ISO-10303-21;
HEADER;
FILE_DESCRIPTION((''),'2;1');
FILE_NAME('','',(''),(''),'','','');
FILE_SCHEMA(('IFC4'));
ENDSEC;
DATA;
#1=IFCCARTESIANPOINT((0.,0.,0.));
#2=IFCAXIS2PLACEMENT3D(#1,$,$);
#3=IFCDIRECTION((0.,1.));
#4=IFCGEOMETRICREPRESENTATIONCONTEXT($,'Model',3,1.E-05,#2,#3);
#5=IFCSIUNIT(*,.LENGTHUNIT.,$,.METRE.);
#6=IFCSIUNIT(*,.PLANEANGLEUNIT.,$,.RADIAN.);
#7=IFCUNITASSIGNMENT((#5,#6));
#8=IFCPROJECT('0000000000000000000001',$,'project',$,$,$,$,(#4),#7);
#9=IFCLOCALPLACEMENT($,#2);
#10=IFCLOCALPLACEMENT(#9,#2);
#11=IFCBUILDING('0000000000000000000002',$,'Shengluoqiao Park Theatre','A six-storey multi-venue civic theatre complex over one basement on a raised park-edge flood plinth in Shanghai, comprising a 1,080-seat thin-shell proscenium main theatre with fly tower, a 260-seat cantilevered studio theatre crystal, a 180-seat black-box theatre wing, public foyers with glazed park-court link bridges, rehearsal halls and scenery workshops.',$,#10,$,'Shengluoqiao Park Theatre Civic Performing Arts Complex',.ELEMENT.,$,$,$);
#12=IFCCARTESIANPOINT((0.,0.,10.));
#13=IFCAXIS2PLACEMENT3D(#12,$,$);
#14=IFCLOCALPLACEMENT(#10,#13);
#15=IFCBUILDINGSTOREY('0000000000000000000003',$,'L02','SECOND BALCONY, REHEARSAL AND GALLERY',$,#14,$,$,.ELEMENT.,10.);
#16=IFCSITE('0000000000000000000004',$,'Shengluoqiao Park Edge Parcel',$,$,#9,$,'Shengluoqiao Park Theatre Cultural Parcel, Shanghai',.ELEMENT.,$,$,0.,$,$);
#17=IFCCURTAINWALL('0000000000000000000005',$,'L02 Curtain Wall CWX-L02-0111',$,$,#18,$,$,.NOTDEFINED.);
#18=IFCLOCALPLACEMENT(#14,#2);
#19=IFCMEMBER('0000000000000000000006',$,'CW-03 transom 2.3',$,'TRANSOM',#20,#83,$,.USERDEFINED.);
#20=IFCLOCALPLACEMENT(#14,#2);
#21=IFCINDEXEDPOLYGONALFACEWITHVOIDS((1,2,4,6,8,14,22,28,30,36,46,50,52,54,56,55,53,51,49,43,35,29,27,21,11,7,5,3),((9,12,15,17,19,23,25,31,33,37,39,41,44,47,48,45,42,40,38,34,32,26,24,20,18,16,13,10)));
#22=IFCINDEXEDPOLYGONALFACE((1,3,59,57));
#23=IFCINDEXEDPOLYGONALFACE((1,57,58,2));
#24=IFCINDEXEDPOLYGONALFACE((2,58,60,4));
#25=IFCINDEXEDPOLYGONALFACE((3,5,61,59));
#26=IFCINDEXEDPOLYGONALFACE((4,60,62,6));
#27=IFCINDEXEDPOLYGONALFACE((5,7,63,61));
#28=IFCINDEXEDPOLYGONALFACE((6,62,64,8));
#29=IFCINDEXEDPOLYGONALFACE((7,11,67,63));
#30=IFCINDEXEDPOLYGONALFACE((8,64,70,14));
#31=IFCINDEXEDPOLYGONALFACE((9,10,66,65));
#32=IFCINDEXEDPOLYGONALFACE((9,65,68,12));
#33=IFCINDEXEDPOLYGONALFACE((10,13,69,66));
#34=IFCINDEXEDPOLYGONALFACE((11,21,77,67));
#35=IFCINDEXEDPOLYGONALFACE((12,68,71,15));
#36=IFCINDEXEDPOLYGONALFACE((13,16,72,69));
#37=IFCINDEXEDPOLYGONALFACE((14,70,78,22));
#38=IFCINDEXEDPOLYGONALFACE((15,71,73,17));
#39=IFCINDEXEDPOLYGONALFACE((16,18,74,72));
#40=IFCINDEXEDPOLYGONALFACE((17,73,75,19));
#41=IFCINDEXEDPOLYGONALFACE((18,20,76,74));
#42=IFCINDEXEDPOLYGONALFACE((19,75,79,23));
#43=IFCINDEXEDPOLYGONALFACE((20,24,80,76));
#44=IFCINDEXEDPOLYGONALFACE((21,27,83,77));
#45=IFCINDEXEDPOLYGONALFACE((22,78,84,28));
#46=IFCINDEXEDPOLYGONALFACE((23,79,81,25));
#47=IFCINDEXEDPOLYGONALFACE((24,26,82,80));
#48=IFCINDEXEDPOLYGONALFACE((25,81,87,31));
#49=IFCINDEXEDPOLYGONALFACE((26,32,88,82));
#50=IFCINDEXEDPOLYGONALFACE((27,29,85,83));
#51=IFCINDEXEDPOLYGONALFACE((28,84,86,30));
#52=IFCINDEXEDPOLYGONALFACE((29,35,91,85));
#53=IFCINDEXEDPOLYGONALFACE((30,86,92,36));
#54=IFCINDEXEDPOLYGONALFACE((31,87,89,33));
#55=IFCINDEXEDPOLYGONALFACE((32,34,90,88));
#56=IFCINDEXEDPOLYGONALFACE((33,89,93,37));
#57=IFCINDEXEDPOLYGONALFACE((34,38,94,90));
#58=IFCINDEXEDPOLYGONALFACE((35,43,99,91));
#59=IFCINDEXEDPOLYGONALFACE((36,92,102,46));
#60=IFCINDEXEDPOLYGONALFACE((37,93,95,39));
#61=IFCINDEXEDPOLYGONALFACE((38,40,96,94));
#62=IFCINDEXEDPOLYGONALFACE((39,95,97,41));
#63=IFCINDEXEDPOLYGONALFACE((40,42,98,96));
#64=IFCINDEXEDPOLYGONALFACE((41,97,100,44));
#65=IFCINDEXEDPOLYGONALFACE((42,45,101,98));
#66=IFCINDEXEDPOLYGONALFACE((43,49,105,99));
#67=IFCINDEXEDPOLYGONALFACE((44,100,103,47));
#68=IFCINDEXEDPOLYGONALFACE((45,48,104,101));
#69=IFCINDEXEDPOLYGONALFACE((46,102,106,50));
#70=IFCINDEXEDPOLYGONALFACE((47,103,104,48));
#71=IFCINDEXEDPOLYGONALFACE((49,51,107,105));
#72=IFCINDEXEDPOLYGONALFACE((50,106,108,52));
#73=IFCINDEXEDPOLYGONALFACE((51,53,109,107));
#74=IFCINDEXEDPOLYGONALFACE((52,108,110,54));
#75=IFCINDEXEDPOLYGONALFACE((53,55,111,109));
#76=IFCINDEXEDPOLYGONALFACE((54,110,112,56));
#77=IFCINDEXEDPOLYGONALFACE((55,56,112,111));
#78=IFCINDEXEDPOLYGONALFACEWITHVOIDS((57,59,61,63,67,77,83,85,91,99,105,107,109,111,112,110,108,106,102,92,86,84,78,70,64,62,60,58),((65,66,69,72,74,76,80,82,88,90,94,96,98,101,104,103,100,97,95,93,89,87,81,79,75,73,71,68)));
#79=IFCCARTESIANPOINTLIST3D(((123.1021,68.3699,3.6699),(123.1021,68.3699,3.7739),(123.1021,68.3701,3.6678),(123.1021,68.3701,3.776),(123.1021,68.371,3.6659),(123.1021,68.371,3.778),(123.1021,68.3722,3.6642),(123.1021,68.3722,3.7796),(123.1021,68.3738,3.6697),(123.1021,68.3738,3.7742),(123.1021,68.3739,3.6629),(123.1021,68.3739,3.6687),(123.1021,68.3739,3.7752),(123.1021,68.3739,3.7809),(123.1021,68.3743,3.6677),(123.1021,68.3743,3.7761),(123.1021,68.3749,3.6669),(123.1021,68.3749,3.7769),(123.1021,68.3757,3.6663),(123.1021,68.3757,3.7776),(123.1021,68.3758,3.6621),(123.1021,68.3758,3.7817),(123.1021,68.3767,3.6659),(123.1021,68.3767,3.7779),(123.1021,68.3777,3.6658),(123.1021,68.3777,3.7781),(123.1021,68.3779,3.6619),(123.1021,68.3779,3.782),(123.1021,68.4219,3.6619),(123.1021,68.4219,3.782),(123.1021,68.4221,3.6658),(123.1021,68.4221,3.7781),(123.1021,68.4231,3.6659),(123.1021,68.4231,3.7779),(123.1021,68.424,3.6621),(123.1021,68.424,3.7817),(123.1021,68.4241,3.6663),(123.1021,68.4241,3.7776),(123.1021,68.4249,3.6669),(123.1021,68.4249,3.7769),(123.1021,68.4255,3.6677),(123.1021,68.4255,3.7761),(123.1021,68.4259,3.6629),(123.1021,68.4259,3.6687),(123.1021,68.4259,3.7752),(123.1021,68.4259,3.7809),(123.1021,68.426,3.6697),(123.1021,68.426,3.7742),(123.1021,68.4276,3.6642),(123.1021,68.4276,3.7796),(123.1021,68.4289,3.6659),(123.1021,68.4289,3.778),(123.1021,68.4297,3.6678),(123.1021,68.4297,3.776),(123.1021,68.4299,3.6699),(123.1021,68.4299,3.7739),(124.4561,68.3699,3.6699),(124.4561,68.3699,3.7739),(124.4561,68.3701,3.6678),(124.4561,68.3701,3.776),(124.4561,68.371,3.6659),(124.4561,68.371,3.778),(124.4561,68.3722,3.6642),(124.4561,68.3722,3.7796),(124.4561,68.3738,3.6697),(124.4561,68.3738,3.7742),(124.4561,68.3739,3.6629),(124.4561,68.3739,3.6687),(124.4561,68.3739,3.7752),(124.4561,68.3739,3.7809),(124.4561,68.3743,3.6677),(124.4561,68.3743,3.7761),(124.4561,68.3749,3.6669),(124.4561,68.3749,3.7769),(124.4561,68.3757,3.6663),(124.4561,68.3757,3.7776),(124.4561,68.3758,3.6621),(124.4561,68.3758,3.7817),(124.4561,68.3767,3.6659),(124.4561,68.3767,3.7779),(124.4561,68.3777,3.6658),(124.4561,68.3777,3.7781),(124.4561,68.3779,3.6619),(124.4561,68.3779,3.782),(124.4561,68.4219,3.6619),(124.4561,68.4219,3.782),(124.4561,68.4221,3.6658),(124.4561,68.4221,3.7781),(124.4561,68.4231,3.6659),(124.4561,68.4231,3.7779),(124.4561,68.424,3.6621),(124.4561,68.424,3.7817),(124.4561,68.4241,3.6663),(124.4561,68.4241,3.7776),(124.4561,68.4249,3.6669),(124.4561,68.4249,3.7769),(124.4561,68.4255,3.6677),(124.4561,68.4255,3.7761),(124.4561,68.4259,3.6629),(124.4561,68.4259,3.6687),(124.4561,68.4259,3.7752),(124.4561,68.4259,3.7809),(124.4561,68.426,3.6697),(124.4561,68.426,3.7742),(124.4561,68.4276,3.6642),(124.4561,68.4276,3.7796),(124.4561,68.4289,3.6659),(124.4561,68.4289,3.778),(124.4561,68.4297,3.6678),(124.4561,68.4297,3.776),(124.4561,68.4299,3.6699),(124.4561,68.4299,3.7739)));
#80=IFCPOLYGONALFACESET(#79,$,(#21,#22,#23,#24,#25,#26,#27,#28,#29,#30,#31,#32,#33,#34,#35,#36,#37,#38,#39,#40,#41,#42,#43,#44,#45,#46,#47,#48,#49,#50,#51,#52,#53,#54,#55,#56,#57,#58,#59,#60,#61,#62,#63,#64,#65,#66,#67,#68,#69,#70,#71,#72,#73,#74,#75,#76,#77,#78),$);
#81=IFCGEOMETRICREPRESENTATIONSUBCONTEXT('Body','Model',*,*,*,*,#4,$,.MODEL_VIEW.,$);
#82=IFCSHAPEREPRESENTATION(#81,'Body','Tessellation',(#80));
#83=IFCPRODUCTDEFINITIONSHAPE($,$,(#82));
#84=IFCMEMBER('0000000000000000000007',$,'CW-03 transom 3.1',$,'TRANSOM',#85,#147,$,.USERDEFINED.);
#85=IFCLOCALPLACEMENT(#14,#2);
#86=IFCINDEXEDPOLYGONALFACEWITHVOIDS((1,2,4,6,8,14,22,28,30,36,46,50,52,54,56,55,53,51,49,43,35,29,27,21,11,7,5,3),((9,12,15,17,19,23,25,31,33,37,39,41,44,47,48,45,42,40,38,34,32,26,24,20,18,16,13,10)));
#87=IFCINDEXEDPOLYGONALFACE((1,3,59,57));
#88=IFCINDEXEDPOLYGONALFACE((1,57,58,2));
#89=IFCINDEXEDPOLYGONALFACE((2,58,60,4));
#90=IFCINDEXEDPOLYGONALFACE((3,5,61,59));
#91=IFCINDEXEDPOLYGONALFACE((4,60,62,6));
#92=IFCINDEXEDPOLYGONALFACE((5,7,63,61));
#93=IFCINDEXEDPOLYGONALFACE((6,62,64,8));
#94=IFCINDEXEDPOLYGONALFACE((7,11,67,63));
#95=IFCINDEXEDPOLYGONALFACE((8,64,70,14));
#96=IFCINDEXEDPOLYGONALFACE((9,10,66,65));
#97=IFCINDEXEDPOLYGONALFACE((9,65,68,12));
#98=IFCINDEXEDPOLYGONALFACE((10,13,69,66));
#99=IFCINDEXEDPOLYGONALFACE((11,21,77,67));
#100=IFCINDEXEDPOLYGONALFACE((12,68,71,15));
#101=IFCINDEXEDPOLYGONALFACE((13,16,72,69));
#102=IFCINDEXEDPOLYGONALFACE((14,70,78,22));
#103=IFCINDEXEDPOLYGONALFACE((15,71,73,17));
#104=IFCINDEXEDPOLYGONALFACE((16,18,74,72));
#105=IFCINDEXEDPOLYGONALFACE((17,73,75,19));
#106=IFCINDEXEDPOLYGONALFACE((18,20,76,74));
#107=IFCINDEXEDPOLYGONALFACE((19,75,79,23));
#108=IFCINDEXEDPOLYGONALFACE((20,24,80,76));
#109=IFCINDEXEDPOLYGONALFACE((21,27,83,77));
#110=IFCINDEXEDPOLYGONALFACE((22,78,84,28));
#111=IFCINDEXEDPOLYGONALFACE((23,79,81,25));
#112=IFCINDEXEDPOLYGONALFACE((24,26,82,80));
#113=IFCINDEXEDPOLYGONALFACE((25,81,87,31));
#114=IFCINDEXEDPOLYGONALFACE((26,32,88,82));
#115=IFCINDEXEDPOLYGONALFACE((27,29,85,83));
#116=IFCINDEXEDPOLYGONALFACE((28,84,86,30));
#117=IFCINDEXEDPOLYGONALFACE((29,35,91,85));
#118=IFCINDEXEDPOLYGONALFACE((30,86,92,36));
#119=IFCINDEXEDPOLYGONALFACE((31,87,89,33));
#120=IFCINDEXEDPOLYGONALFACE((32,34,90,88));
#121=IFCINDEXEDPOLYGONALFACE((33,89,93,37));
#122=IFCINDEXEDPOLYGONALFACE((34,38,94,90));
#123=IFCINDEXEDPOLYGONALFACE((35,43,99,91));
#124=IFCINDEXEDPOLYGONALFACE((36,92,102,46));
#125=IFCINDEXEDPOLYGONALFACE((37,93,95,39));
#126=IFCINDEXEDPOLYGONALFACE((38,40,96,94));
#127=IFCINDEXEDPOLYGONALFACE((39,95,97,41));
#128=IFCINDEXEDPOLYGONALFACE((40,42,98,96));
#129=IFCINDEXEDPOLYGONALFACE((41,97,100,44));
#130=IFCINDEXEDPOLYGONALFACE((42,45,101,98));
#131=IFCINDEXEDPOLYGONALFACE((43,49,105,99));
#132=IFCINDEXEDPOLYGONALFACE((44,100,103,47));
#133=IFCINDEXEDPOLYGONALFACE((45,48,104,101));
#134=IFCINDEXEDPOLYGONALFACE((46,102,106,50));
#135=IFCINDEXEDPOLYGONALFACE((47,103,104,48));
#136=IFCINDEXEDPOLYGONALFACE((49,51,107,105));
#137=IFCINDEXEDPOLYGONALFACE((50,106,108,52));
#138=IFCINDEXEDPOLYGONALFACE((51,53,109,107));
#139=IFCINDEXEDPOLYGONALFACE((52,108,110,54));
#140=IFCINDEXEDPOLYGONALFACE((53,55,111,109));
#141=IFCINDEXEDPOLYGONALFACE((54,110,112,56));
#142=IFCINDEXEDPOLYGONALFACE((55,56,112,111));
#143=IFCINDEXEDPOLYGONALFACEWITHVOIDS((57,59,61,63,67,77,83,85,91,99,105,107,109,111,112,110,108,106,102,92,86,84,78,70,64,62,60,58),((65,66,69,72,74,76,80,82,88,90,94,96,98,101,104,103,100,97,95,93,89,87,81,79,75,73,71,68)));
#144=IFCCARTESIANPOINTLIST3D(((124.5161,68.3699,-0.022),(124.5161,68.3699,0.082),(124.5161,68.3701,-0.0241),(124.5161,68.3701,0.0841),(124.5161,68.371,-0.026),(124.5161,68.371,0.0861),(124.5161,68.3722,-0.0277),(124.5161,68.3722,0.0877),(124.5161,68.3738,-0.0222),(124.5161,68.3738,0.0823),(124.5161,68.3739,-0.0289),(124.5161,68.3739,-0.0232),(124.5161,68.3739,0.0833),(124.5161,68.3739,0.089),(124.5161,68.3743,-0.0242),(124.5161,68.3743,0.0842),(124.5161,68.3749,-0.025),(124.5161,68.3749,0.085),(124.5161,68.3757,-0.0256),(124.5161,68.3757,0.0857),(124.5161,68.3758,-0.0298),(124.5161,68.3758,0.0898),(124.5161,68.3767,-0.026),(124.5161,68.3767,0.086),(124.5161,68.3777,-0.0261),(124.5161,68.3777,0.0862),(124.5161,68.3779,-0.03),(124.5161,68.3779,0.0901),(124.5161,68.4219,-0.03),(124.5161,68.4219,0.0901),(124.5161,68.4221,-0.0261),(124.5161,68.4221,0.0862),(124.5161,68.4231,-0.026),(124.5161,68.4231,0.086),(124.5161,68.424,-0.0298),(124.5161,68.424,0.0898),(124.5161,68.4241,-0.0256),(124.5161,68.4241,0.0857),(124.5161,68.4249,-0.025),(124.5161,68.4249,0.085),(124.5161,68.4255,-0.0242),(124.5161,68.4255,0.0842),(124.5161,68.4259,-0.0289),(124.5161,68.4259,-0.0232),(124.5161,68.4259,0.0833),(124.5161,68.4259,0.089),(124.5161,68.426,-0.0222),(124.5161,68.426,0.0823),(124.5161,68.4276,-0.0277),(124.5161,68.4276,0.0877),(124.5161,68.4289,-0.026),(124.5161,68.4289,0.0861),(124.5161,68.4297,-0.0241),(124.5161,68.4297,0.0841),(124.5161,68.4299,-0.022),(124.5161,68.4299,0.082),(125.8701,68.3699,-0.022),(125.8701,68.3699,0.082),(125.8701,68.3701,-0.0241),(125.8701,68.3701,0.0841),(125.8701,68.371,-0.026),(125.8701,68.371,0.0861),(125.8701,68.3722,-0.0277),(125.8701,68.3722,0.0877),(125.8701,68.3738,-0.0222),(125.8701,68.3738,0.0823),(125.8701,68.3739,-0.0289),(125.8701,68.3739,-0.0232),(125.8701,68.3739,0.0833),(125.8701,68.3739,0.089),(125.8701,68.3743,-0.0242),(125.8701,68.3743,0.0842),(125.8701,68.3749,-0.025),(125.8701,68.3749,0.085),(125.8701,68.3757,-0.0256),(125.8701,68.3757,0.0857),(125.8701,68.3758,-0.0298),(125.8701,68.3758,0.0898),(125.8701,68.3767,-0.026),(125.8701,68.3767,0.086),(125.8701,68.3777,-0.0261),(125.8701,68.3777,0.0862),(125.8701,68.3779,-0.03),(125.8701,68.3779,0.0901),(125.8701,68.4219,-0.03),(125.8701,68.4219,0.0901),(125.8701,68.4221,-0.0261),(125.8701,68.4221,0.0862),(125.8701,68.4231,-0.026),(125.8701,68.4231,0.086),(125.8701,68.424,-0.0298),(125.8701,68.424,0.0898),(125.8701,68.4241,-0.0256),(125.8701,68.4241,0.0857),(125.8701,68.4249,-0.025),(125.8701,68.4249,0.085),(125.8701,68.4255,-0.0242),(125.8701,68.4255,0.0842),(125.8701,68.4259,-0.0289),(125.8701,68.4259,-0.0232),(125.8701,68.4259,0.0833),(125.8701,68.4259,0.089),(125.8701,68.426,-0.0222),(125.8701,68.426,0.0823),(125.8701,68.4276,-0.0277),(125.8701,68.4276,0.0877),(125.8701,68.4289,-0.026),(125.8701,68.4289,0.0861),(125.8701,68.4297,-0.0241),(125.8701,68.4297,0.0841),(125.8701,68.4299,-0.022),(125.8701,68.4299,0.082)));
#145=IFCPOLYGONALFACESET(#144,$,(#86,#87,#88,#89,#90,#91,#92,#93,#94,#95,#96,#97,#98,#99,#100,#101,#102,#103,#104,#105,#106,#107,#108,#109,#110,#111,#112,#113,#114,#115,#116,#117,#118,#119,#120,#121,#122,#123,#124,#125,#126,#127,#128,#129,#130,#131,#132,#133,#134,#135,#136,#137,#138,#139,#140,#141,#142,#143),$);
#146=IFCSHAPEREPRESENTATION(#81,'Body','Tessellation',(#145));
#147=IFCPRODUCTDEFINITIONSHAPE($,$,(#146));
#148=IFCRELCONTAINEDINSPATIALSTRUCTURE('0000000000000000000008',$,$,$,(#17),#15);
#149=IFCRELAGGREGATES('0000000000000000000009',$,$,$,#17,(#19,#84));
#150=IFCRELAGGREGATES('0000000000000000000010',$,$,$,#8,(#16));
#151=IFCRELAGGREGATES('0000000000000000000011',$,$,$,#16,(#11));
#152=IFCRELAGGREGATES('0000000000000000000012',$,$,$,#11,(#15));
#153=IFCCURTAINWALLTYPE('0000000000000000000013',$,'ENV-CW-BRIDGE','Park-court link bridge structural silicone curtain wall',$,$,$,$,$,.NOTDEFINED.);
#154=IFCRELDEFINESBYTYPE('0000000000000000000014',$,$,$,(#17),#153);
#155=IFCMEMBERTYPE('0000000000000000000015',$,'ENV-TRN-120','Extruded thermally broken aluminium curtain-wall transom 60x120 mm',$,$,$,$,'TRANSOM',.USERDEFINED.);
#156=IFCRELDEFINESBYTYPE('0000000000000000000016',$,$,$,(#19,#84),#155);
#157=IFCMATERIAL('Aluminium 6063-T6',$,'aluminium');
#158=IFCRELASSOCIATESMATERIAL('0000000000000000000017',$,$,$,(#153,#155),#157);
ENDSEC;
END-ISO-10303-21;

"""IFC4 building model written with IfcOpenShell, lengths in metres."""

from ifc_helpers import new_model, si_unit, direction, frame, origin, origin_2d, place, context, subcontext, project, spatial, hollow_rectangle, extrude, material, material_profile, profile_set, type_object, element, aggregate, save


model = new_model("IFC4")

# Units and contexts
model_context = context("Model", 3, precision=1e-05, world=origin(), true_north=direction((0.0, 1.0)))
body_context = subcontext(model_context, "Body", "Model", "MODEL_VIEW")
ifc_project = project(units=[si_unit("LENGTHUNIT", "METRE"), si_unit("PLANEANGLEUNIT", "RADIAN")], contexts=[model_context])

# Site, building, storey
site_placement = place(None, origin())
site = spatial("IfcSite", under=ifc_project, at=site_placement, Name="Shengluoqiao Park Edge Parcel", LongName="Shengluoqiao Park Theatre Cultural Parcel, Shanghai", CompositionType="ELEMENT", RefElevation=0.0)
building_placement = place(site_placement, origin())
building = spatial("IfcBuilding", under=site, at=building_placement, Name="Shengluoqiao Park Theatre", Description="A six-storey multi-venue civic theatre complex over one basement on a raised park-edge flood plinth in Shanghai, comprising a 1,080-seat thin-shell proscenium main theatre with fly tower, a 260-seat cantilevered studio theatre crystal, a 180-seat black-box theatre wing, public foyers with glazed park-court link bridges, rehearsal halls and scenery workshops.", LongName="Shengluoqiao Park Theatre Civic Performing Arts Complex", CompositionType="ELEMENT")
storey_placement = place(building_placement, frame((0.0, 0.0, 10.0)))
storey = spatial("IfcBuildingStorey", under=building, at=storey_placement, Name="L02", Description="SECOND BALCONY, REHEARSAL AND GALLERY", CompositionType="ELEMENT", Elevation=10.0)

# Curtain wall, members
ifc_material_1 = material(Name="Aluminium 6063-T6", Category="aluminium")
curtain_wall_type = type_object("IfcCurtainWallType", Name="ENV-CW-BRIDGE", Description="Park-court link bridge structural silicone curtain wall", PredefinedType="NOTDEFINED", material=ifc_material_1)
curtain_wall_placement = place(storey_placement, origin())
curtain_wall = element("IfcCurtainWall", 1, at=curtain_wall_placement, inside=storey, type_object=curtain_wall_type, Name="L02 Curtain Wall CWX-L02-0111", PredefinedType="NOTDEFINED")
ifc_material_profile_1 = material_profile(ifc_material_1, hollow_rectangle(XDim=0.0601, YDim=0.1201, WallThickness=0.0039, InnerFilletRadius=0.0039, OuterFilletRadius=0.0081, at=origin_2d()), Name="ALU TRANSOM 120x60x4")
ifc_profile_set_1 = profile_set([ifc_material_profile_1], Name="Aluminium 6063-T6")
member_type_1 = type_object("IfcMemberType", Name="ENV-TRN-120", Description="Extruded thermally broken aluminium curtain-wall transom 60x120 mm", ElementType="TRANSOM", PredefinedType="USERDEFINED", material=ifc_profile_set_1)
member_1_placement = place(storey_placement, frame((123.1021, 68.3999, 3.7219), z_axis=(1.0, 0.0, 0.0), x_axis=(0.0, 1.0, 0.0)))
member_1 = element("IfcMember", 2, at=member_1_placement, type_object=member_type_1, Name="CW-03 transom 2.3", ObjectType="TRANSOM", PredefinedType="USERDEFINED", context=body_context, shape_type="SweptSolid", body=[
    extrude(hollow_rectangle(XDim=0.0601, YDim=0.1201, WallThickness=0.0039, InnerFilletRadius=0.0039, OuterFilletRadius=0.0081, at=origin_2d()), origin(), (0.0, 0.0, 1.0), 1.354),
])
member_2_placement = place(storey_placement, frame((124.5161, 68.3999, 0.03), z_axis=(1.0, 0.0, 0.0), x_axis=(0.0, 1.0, 0.0)))
member_2 = element("IfcMember", 3, at=member_2_placement, type_object=member_type_1, Name="CW-03 transom 3.1", ObjectType="TRANSOM", PredefinedType="USERDEFINED", context=body_context, shape_type="SweptSolid", body=[
    extrude(hollow_rectangle(XDim=0.0601, YDim=0.1201, WallThickness=0.0039, InnerFilletRadius=0.0039, OuterFilletRadius=0.0081, at=origin_2d()), origin(), (0.0, 0.0, 1.0), 1.354),
])

aggregate(curtain_wall, [member_1, member_2])

save(model, "model.ifc")
